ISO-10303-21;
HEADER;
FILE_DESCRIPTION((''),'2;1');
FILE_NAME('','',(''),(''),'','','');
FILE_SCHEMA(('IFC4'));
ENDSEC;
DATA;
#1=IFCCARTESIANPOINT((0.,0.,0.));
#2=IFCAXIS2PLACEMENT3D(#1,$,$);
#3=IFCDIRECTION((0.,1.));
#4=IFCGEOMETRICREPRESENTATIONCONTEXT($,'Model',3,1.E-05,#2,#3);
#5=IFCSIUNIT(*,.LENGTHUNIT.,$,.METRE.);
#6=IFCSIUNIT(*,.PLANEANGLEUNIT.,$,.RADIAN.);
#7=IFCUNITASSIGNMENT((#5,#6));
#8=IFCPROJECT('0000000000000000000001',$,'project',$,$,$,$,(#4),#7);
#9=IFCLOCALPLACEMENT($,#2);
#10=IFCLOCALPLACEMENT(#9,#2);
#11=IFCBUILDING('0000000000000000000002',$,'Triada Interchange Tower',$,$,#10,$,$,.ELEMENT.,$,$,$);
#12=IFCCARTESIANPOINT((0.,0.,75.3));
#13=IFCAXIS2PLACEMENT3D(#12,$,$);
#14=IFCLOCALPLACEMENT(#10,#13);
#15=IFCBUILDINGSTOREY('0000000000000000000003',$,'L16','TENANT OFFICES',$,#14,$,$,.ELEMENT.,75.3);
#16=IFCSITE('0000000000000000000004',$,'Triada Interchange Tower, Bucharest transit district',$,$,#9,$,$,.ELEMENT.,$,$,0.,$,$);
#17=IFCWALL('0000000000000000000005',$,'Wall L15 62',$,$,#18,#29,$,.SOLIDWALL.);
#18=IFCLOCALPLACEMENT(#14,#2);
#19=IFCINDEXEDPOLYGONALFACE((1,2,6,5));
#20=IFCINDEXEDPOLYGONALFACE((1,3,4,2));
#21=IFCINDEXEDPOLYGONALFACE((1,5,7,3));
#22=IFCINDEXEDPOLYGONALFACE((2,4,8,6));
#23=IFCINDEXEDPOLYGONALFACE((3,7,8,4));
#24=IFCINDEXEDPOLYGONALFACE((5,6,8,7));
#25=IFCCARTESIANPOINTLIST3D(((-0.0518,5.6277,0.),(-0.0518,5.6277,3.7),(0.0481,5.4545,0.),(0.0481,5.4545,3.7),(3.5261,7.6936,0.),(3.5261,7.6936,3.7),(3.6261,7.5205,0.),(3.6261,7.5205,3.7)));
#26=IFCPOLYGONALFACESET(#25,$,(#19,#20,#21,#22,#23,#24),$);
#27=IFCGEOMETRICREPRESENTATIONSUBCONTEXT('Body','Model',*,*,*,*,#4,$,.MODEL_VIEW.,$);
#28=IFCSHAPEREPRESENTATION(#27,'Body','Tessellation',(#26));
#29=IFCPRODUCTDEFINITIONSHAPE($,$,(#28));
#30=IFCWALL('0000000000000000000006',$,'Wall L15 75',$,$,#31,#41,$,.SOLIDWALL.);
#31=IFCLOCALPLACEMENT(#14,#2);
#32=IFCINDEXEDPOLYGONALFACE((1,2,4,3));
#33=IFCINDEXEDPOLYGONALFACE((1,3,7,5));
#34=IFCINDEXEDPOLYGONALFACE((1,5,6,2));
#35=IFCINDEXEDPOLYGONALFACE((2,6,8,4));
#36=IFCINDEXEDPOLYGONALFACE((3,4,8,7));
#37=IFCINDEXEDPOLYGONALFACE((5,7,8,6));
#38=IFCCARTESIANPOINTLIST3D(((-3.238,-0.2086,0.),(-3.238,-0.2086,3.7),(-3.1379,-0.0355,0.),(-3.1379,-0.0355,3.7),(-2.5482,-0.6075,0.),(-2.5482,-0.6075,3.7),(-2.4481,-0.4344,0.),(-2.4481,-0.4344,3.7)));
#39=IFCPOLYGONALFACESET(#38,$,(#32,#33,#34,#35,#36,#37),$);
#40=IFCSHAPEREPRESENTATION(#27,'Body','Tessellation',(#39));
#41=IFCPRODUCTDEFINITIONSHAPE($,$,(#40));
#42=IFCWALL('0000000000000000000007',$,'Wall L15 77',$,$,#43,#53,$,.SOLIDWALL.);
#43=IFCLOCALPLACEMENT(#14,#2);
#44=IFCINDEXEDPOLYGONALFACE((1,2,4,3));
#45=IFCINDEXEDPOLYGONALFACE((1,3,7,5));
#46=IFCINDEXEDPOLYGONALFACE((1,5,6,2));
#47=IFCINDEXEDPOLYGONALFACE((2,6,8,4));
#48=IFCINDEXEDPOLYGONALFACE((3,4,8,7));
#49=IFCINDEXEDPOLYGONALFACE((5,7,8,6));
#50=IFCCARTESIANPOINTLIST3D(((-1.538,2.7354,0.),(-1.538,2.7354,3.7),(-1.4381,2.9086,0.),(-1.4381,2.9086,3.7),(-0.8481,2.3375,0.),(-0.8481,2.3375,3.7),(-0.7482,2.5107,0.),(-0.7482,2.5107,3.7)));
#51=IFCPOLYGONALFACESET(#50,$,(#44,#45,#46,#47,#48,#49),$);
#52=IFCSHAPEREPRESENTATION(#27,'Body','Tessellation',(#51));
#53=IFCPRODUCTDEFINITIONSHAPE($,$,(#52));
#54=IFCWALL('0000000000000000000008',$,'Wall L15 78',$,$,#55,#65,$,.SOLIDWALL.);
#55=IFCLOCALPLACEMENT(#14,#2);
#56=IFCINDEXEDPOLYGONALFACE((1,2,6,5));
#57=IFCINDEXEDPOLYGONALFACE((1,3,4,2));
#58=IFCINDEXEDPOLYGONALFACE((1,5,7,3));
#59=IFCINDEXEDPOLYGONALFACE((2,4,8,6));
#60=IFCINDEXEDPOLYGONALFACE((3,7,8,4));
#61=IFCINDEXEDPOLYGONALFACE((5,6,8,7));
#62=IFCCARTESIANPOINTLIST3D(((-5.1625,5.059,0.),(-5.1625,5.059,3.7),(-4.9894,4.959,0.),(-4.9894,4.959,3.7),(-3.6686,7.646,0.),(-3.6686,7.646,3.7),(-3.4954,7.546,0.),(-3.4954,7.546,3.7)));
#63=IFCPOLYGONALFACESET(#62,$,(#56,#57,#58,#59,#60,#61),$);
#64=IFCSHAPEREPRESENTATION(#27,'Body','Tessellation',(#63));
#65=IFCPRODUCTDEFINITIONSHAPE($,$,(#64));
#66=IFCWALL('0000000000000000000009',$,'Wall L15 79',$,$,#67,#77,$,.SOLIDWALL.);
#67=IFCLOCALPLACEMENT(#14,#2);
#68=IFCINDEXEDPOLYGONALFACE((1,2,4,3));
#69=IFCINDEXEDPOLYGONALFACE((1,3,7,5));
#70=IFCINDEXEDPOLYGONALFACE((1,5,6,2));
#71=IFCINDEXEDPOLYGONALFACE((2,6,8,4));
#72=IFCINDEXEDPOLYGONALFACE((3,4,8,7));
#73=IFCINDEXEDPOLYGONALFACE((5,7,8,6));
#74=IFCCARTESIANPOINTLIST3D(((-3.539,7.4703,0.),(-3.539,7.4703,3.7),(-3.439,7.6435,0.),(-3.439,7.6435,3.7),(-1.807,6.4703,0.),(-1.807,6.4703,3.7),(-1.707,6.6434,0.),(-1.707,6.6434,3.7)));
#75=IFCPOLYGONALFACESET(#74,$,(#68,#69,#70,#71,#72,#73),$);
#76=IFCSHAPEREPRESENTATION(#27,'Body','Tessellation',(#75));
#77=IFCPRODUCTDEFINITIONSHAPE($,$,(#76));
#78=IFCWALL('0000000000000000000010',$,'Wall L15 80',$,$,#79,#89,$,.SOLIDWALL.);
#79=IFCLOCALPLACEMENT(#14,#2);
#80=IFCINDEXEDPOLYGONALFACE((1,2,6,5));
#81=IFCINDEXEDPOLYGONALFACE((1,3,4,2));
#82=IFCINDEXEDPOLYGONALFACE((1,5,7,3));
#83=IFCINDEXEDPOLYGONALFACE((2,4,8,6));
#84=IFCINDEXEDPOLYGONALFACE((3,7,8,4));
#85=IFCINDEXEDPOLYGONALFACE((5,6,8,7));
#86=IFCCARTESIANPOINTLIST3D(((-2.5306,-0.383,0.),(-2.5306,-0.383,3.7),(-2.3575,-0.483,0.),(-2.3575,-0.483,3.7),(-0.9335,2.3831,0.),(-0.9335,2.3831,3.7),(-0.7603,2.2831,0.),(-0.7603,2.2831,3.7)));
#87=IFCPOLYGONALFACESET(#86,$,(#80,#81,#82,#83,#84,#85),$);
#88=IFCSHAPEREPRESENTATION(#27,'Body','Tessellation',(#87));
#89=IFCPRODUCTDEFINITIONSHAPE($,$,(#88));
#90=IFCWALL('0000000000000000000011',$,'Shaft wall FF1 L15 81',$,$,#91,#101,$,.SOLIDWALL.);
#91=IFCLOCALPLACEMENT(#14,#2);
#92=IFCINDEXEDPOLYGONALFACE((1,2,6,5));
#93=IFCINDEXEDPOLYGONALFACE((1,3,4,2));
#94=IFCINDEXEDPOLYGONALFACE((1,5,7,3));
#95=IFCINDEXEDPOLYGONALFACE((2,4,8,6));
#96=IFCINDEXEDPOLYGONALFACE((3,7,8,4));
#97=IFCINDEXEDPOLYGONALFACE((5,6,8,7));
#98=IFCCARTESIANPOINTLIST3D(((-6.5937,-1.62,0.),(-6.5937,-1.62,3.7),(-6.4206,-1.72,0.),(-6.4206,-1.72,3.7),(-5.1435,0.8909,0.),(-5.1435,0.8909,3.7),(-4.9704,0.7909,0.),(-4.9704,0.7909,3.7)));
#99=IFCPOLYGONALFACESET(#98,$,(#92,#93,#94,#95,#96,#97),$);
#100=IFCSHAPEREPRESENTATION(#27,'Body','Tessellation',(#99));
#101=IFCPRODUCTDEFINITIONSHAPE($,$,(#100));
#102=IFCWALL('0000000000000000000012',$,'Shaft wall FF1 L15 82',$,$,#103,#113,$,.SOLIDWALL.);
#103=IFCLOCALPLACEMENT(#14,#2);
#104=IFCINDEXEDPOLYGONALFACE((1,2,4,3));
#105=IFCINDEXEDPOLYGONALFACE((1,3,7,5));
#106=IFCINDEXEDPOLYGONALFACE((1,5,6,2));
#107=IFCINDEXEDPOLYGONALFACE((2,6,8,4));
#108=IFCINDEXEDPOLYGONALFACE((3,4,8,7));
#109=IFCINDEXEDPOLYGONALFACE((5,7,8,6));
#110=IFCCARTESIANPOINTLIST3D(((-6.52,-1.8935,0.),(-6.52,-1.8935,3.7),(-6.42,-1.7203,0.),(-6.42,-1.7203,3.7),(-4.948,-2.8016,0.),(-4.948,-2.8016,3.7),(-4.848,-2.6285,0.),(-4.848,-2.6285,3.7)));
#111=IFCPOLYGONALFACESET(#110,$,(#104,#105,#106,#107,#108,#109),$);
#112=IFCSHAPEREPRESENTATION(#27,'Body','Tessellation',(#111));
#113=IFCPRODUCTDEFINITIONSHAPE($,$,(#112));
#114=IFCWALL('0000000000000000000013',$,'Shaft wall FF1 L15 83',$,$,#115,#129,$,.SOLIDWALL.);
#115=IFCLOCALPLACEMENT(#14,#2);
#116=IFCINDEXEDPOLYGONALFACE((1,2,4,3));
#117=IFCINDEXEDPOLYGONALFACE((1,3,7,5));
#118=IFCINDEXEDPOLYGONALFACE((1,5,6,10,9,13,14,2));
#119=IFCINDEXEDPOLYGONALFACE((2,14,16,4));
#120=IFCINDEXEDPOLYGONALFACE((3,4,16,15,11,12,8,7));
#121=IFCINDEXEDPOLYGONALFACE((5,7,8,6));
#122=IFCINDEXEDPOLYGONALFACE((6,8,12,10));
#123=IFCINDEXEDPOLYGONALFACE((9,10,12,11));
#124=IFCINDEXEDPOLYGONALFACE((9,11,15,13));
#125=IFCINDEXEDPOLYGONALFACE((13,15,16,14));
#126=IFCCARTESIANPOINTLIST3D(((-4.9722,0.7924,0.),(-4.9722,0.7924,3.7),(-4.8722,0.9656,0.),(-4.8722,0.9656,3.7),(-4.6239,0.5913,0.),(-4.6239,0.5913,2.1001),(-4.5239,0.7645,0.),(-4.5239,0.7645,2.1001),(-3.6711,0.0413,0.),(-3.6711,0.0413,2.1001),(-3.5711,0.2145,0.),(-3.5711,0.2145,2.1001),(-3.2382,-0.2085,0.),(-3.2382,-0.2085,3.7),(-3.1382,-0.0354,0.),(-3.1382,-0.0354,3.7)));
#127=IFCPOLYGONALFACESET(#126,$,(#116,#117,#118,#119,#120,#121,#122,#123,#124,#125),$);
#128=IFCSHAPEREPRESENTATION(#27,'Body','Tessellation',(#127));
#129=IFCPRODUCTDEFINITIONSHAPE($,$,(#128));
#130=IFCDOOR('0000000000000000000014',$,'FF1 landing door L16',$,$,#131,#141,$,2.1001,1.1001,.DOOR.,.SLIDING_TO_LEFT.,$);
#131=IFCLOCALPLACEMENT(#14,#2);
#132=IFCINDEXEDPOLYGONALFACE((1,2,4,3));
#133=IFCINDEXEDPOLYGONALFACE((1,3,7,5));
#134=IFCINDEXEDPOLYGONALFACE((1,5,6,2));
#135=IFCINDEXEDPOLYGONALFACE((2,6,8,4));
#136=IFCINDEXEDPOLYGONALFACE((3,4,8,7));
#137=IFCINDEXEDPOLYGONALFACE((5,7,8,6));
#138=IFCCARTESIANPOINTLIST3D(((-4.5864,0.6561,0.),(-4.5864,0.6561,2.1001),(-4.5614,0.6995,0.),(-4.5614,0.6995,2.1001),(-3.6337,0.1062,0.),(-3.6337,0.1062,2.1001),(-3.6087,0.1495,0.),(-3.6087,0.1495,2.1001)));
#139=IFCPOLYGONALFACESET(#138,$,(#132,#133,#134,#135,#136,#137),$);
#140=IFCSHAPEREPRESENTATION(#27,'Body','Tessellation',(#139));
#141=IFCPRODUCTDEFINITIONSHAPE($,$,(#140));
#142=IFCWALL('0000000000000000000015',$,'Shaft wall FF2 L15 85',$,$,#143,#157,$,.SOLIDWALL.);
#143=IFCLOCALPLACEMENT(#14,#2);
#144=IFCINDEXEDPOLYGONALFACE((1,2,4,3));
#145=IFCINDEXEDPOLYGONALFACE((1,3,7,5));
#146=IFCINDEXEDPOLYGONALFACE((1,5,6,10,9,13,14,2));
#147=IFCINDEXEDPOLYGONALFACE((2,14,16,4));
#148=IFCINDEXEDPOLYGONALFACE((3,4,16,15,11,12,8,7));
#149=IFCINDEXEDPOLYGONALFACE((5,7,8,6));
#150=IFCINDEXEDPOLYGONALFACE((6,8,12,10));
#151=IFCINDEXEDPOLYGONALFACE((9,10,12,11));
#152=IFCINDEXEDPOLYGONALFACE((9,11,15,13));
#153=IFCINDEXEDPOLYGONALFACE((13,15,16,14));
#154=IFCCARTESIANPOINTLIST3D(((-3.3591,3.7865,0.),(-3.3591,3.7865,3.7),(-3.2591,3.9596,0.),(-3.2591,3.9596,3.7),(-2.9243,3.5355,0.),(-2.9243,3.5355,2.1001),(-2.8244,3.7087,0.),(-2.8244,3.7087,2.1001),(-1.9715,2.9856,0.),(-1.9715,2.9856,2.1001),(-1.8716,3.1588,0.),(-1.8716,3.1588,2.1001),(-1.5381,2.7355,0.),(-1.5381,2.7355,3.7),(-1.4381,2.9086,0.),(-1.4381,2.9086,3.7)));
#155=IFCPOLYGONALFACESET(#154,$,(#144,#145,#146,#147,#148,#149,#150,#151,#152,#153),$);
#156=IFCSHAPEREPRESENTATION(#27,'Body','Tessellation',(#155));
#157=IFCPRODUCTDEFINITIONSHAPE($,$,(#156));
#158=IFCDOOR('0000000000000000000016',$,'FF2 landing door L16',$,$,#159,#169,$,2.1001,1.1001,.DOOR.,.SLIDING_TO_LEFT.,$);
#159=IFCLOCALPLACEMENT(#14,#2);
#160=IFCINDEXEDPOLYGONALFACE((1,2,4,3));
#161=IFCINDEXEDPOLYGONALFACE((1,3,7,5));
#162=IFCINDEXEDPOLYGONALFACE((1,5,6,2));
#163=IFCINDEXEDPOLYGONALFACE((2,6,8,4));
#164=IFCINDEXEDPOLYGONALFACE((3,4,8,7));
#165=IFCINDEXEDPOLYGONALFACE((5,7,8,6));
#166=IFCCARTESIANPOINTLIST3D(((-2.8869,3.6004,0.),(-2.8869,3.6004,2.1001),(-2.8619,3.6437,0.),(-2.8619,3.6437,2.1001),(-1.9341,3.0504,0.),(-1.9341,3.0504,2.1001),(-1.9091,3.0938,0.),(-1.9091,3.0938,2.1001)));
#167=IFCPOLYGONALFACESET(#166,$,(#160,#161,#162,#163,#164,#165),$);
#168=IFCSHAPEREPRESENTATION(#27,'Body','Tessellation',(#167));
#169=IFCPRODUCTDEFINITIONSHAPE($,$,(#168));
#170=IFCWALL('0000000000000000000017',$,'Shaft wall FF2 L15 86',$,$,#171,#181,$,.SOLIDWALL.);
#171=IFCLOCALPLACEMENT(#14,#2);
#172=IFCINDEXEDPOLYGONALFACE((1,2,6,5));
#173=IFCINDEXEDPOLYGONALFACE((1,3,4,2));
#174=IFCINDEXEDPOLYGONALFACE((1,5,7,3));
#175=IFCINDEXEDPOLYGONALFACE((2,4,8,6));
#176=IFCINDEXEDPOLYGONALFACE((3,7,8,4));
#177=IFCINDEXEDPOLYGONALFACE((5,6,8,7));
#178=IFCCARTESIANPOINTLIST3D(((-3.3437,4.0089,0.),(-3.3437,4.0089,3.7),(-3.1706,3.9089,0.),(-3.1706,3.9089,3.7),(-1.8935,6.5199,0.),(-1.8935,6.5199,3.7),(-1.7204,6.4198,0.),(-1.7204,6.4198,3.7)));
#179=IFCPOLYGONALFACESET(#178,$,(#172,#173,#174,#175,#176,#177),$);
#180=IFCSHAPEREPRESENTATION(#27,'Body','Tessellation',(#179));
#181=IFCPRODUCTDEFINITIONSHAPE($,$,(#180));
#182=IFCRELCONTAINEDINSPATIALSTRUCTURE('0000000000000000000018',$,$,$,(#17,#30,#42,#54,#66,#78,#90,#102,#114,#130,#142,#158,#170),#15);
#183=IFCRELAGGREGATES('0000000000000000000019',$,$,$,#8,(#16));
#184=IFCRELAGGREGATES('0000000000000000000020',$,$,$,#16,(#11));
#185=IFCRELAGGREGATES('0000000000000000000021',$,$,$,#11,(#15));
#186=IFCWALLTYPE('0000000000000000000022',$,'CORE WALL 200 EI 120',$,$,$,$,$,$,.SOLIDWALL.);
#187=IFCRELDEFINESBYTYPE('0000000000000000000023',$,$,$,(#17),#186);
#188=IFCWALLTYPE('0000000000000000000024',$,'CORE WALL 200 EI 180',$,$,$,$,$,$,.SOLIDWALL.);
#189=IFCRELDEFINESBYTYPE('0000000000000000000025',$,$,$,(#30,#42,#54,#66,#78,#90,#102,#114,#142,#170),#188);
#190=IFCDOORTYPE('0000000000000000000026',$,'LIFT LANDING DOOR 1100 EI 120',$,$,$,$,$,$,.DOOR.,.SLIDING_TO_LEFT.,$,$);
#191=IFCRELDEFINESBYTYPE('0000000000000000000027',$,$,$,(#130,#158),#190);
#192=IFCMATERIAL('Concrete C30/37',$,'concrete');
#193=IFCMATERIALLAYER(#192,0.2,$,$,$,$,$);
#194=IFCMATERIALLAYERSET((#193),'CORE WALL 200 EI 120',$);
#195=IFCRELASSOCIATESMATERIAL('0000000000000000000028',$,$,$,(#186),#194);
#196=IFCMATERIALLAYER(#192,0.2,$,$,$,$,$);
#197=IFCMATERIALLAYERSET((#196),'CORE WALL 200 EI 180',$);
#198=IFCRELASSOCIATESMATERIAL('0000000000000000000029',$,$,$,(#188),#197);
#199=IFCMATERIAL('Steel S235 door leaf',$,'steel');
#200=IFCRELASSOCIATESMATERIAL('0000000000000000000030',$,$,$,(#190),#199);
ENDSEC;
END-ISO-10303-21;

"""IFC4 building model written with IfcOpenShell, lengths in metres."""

from ifc_helpers import new_model, si_unit, direction, frame, frame_2d, origin, place, context, subcontext, project, spatial, rectangle, extrude, material, layer, layer_set, type_object, element, fill, save


model = new_model("IFC4")

# Units and contexts
model_context = context("Model", 3, precision=1e-05, world=origin(), true_north=direction((0.0, 1.0)))
body_context = subcontext(model_context, "Body", "Model", "MODEL_VIEW")
ifc_project = project(units=[si_unit("LENGTHUNIT", "METRE"), si_unit("PLANEANGLEUNIT", "RADIAN")], contexts=[model_context])

# Site, building, storey
site_placement = place(None, origin())
site = spatial("IfcSite", under=ifc_project, at=site_placement, Name="Triada Interchange Tower, Bucharest transit district", CompositionType="ELEMENT", RefElevation=0.0)
building_placement = place(site_placement, origin())
building = spatial("IfcBuilding", under=site, at=building_placement, Name="Triada Interchange Tower", CompositionType="ELEMENT")
storey_placement = place(building_placement, frame((0.0, 0.0, 75.3)))
storey = spatial("IfcBuildingStorey", under=building, at=storey_placement, Name="L16", Description="TENANT OFFICES", CompositionType="ELEMENT", Elevation=75.3)

# Walls
ifc_material_1 = material(Name="Concrete C30/37", Category="concrete")
ifc_layer_1 = layer(ifc_material_1, 0.2)
ifc_layer_set_1 = layer_set([ifc_layer_1], Name="CORE WALL 200 EI 120")
wall_type_1 = type_object("IfcWallType", Name="CORE WALL 200 EI 120", PredefinedType="SOLIDWALL", material=ifc_layer_set_1)
wall_1_placement = place(storey_placement, frame((-0.002, 5.541, 0.0), z_axis=(0.0, 0.0, 1.0), x_axis=(0.866002, 0.500041, 0.0)))
element("IfcWall", 1, at=wall_1_placement, inside=storey, type_object=wall_type_1, Name="Wall L15 62", PredefinedType="SOLIDWALL", context=body_context, shape_type="SweptSolid", body=[
    extrude(rectangle(XDim=4.1316, YDim=0.2, at=frame_2d((2.0659, 0.0))), origin(), (0.0, 0.0, 1.0), 3.7),
])
ifc_layer_2 = layer(ifc_material_1, 0.2)
ifc_layer_set_2 = layer_set([ifc_layer_2], Name="CORE WALL 200 EI 180")
wall_type_2 = type_object("IfcWallType", Name="CORE WALL 200 EI 180", PredefinedType="SOLIDWALL", material=ifc_layer_set_2)
wall_2_placement = place(storey_placement, frame((-3.188, -0.1221, 0.0), z_axis=(0.0, 0.0, 1.0), x_axis=(0.865706, -0.500553, 0.0)))
element("IfcWall", 2, at=wall_2_placement, inside=storey, type_object=wall_type_2, Name="Wall L15 75", PredefinedType="SOLIDWALL", context=body_context, shape_type="SweptSolid", body=[
    extrude(rectangle(XDim=0.7969, YDim=0.2, at=frame_2d((0.3984, 0.0))), origin(), (0.0, 0.0, 1.0), 3.7),
])
wall_3_placement = place(storey_placement, frame((-1.488, 2.822, 0.0), z_axis=(0.0, 0.0, 1.0), x_axis=(0.866237, -0.499634, 0.0)))
element("IfcWall", 3, at=wall_3_placement, inside=storey, type_object=wall_type_2, Name="Wall L15 77", PredefinedType="SOLIDWALL", context=body_context, shape_type="SweptSolid", body=[
    extrude(rectangle(XDim=0.7964, YDim=0.2, at=frame_2d((0.3982, 0.0))), origin(), (0.0, 0.0, 1.0), 3.7),
])
wall_4_placement = place(storey_placement, frame((-5.0759, 5.009, 0.0), z_axis=(0.0, 0.0, 1.0), x_axis=(0.500086, 0.865976, 0.0)))
element("IfcWall", 4, at=wall_4_placement, inside=storey, type_object=wall_type_2, Name="Wall L15 78", PredefinedType="SOLIDWALL", context=body_context, shape_type="SweptSolid", body=[
    extrude(rectangle(XDim=2.9873, YDim=0.2, at=frame_2d((1.4937, 0.0))), origin(), (0.0, 0.0, 1.0), 3.7),
])
wall_5_placement = place(storey_placement, frame((-3.489, 7.5569, 0.0), z_axis=(0.0, 0.0, 1.0), x_axis=(0.866011, -0.500025, 0.0)))
element("IfcWall", 5, at=wall_5_placement, inside=storey, type_object=wall_type_2, Name="Wall L15 79", PredefinedType="SOLIDWALL", context=body_context, shape_type="SweptSolid", body=[
    extrude(rectangle(XDim=2.0, YDim=0.2, at=frame_2d((1.0, 0.0))), origin(), (0.0, 0.0, 1.0), 3.7),
])
wall_6_placement = place(storey_placement, frame((-2.4441, -0.4331, 0.0), z_axis=(0.0, 0.0, 1.0), x_axis=(0.500036, 0.866005, 0.0)))
element("IfcWall", 6, at=wall_6_placement, inside=storey, type_object=wall_type_2, Name="Wall L15 80", PredefinedType="SOLIDWALL", context=body_context, shape_type="SweptSolid", body=[
    extrude(rectangle(XDim=3.1941, YDim=0.2, at=frame_2d((1.5972, 0.0))), origin(), (0.0, 0.0, 1.0), 3.7),
])
wall_7_placement = place(storey_placement, frame((-6.5071, -1.6699, 0.0), z_axis=(0.0, 0.0, 1.0), x_axis=(0.500123, 0.865954, 0.0)))
element("IfcWall", 7, at=wall_7_placement, inside=storey, type_object=wall_type_2, Name="Shaft wall FF1 L15 81", PredefinedType="SOLIDWALL", context=body_context, shape_type="SweptSolid", body=[
    extrude(rectangle(XDim=2.8997, YDim=0.2, at=frame_2d((1.4497, 0.0))), origin(), (0.0, 0.0, 1.0), 3.7),
])
wall_8_placement = place(storey_placement, frame((-6.47, -1.8069, 0.0), z_axis=(0.0, 0.0, 1.0), x_axis=(0.865883, -0.500246, 0.0)))
element("IfcWall", 8, at=wall_8_placement, inside=storey, type_object=wall_type_2, Name="Shaft wall FF1 L15 82", PredefinedType="SOLIDWALL", context=body_context, shape_type="SweptSolid", body=[
    extrude(rectangle(XDim=1.8154, YDim=0.2, at=frame_2d((0.9077, 0.0))), origin(), (0.0, 0.0, 1.0), 3.7),
])

# Walls, openings, doors
wall_9_placement = place(storey_placement, frame((-4.9221, 0.8789, 0.0), z_axis=(0.0, 0.0, 1.0), x_axis=(0.866074, -0.499916, 0.0)))
wall_9 = element("IfcWall", 9, at=wall_9_placement, inside=storey, type_object=wall_type_2, Name="Shaft wall FF1 L15 83", PredefinedType="SOLIDWALL", context=body_context, shape_type="SweptSolid", body=[
    extrude(rectangle(XDim=2.0022, YDim=0.2, at=frame_2d((1.001, 0.0))), origin(), (0.0, 0.0, 1.0), 3.7),
])
opening_1_placement = place(wall_9_placement, frame((0.4021, 0.0, 0.0)))
opening_1 = element("IfcOpeningElement", 10, at=opening_1_placement, cuts=wall_9, PredefinedType="OPENING", context=body_context, shape_type="SweptSolid", body=[
    extrude(rectangle(XDim=1.1001, YDim=2.1001, at=frame_2d((0.55, 1.05))), frame((0.0, 0.1099, 0.0), z_axis=(0.0, -1.0, 0.0), x_axis=(1.0, 0.0, 0.0)), (0.0, 0.0, 1.0), 0.22),
])
ifc_material_2 = material(Name="Steel S235 door leaf", Category="steel")
door_type = type_object("IfcDoorType", Name="LIFT LANDING DOOR 1100 EI 120", OperationType="SLIDING_TO_LEFT", PredefinedType="DOOR", material=ifc_material_2)
door_1_placement = place(opening_1_placement, origin())
door_1 = element("IfcDoor", 11, at=door_1_placement, inside=storey, type_object=door_type, Name="FF1 landing door L16", OperationType="SLIDING_TO_LEFT", OverallHeight=2.1001, OverallWidth=1.1001, PredefinedType="DOOR", context=body_context, shape_type="SweptSolid", body=[
    extrude(rectangle(XDim=1.1001, YDim=2.1001, at=frame_2d((0.55, 1.05))), frame((0.0, 0.0249, 0.0), z_axis=(0.0, -1.0, 0.0), x_axis=(1.0, 0.0, 0.0)), (0.0, 0.0, 1.0), 0.05),
])
fill(opening_1, door_1)
wall_10_placement = place(storey_placement, frame((-3.3091, 3.873, 0.0), z_axis=(0.0, 0.0, 1.0), x_axis=(0.866099, -0.499873, 0.0)))
wall_10 = element("IfcWall", 12, at=wall_10_placement, inside=storey, type_object=wall_type_2, Name="Shaft wall FF2 L15 85", PredefinedType="SOLIDWALL", context=body_context, shape_type="SweptSolid", body=[
    extrude(rectangle(XDim=2.1025, YDim=0.2, at=frame_2d((1.0513, 0.0))), origin(), (0.0, 0.0, 1.0), 3.7),
])
opening_2_placement = place(wall_10_placement, frame((0.502, 0.0, 0.0)))
opening_2 = element("IfcOpeningElement", 13, at=opening_2_placement, cuts=wall_10, PredefinedType="OPENING", context=body_context, shape_type="SweptSolid", body=[
    extrude(rectangle(XDim=1.1001, YDim=2.1001, at=frame_2d((0.55, 1.05))), frame((0.0, 0.1099, 0.0), z_axis=(0.0, -1.0, 0.0), x_axis=(1.0, 0.0, 0.0)), (0.0, 0.0, 1.0), 0.22),
])
door_2_placement = place(opening_2_placement, origin())
door_2 = element("IfcDoor", 14, at=door_2_placement, inside=storey, type_object=door_type, Name="FF2 landing door L16", OperationType="SLIDING_TO_LEFT", OverallHeight=2.1001, OverallWidth=1.1001, PredefinedType="DOOR", context=body_context, shape_type="SweptSolid", body=[
    extrude(rectangle(XDim=1.1001, YDim=2.1001, at=frame_2d((0.55, 1.05))), frame((0.0, 0.0249, 0.0), z_axis=(0.0, -1.0, 0.0), x_axis=(1.0, 0.0, 0.0)), (0.0, 0.0, 1.0), 0.05),
])
fill(opening_2, door_2)

# Wall
wall_11_placement = place(storey_placement, frame((-3.2571, 3.959, 0.0), z_axis=(0.0, 0.0, 1.0), x_axis=(0.500123, 0.865954, 0.0)))
element("IfcWall", 15, at=wall_11_placement, inside=storey, type_object=wall_type_2, Name="Shaft wall FF2 L15 86", PredefinedType="SOLIDWALL", context=body_context, shape_type="SweptSolid", body=[
    extrude(rectangle(XDim=2.8997, YDim=0.2, at=frame_2d((1.4497, 0.0))), origin(), (0.0, 0.0, 1.0), 3.7),
])

save(model, "model.ifc")
